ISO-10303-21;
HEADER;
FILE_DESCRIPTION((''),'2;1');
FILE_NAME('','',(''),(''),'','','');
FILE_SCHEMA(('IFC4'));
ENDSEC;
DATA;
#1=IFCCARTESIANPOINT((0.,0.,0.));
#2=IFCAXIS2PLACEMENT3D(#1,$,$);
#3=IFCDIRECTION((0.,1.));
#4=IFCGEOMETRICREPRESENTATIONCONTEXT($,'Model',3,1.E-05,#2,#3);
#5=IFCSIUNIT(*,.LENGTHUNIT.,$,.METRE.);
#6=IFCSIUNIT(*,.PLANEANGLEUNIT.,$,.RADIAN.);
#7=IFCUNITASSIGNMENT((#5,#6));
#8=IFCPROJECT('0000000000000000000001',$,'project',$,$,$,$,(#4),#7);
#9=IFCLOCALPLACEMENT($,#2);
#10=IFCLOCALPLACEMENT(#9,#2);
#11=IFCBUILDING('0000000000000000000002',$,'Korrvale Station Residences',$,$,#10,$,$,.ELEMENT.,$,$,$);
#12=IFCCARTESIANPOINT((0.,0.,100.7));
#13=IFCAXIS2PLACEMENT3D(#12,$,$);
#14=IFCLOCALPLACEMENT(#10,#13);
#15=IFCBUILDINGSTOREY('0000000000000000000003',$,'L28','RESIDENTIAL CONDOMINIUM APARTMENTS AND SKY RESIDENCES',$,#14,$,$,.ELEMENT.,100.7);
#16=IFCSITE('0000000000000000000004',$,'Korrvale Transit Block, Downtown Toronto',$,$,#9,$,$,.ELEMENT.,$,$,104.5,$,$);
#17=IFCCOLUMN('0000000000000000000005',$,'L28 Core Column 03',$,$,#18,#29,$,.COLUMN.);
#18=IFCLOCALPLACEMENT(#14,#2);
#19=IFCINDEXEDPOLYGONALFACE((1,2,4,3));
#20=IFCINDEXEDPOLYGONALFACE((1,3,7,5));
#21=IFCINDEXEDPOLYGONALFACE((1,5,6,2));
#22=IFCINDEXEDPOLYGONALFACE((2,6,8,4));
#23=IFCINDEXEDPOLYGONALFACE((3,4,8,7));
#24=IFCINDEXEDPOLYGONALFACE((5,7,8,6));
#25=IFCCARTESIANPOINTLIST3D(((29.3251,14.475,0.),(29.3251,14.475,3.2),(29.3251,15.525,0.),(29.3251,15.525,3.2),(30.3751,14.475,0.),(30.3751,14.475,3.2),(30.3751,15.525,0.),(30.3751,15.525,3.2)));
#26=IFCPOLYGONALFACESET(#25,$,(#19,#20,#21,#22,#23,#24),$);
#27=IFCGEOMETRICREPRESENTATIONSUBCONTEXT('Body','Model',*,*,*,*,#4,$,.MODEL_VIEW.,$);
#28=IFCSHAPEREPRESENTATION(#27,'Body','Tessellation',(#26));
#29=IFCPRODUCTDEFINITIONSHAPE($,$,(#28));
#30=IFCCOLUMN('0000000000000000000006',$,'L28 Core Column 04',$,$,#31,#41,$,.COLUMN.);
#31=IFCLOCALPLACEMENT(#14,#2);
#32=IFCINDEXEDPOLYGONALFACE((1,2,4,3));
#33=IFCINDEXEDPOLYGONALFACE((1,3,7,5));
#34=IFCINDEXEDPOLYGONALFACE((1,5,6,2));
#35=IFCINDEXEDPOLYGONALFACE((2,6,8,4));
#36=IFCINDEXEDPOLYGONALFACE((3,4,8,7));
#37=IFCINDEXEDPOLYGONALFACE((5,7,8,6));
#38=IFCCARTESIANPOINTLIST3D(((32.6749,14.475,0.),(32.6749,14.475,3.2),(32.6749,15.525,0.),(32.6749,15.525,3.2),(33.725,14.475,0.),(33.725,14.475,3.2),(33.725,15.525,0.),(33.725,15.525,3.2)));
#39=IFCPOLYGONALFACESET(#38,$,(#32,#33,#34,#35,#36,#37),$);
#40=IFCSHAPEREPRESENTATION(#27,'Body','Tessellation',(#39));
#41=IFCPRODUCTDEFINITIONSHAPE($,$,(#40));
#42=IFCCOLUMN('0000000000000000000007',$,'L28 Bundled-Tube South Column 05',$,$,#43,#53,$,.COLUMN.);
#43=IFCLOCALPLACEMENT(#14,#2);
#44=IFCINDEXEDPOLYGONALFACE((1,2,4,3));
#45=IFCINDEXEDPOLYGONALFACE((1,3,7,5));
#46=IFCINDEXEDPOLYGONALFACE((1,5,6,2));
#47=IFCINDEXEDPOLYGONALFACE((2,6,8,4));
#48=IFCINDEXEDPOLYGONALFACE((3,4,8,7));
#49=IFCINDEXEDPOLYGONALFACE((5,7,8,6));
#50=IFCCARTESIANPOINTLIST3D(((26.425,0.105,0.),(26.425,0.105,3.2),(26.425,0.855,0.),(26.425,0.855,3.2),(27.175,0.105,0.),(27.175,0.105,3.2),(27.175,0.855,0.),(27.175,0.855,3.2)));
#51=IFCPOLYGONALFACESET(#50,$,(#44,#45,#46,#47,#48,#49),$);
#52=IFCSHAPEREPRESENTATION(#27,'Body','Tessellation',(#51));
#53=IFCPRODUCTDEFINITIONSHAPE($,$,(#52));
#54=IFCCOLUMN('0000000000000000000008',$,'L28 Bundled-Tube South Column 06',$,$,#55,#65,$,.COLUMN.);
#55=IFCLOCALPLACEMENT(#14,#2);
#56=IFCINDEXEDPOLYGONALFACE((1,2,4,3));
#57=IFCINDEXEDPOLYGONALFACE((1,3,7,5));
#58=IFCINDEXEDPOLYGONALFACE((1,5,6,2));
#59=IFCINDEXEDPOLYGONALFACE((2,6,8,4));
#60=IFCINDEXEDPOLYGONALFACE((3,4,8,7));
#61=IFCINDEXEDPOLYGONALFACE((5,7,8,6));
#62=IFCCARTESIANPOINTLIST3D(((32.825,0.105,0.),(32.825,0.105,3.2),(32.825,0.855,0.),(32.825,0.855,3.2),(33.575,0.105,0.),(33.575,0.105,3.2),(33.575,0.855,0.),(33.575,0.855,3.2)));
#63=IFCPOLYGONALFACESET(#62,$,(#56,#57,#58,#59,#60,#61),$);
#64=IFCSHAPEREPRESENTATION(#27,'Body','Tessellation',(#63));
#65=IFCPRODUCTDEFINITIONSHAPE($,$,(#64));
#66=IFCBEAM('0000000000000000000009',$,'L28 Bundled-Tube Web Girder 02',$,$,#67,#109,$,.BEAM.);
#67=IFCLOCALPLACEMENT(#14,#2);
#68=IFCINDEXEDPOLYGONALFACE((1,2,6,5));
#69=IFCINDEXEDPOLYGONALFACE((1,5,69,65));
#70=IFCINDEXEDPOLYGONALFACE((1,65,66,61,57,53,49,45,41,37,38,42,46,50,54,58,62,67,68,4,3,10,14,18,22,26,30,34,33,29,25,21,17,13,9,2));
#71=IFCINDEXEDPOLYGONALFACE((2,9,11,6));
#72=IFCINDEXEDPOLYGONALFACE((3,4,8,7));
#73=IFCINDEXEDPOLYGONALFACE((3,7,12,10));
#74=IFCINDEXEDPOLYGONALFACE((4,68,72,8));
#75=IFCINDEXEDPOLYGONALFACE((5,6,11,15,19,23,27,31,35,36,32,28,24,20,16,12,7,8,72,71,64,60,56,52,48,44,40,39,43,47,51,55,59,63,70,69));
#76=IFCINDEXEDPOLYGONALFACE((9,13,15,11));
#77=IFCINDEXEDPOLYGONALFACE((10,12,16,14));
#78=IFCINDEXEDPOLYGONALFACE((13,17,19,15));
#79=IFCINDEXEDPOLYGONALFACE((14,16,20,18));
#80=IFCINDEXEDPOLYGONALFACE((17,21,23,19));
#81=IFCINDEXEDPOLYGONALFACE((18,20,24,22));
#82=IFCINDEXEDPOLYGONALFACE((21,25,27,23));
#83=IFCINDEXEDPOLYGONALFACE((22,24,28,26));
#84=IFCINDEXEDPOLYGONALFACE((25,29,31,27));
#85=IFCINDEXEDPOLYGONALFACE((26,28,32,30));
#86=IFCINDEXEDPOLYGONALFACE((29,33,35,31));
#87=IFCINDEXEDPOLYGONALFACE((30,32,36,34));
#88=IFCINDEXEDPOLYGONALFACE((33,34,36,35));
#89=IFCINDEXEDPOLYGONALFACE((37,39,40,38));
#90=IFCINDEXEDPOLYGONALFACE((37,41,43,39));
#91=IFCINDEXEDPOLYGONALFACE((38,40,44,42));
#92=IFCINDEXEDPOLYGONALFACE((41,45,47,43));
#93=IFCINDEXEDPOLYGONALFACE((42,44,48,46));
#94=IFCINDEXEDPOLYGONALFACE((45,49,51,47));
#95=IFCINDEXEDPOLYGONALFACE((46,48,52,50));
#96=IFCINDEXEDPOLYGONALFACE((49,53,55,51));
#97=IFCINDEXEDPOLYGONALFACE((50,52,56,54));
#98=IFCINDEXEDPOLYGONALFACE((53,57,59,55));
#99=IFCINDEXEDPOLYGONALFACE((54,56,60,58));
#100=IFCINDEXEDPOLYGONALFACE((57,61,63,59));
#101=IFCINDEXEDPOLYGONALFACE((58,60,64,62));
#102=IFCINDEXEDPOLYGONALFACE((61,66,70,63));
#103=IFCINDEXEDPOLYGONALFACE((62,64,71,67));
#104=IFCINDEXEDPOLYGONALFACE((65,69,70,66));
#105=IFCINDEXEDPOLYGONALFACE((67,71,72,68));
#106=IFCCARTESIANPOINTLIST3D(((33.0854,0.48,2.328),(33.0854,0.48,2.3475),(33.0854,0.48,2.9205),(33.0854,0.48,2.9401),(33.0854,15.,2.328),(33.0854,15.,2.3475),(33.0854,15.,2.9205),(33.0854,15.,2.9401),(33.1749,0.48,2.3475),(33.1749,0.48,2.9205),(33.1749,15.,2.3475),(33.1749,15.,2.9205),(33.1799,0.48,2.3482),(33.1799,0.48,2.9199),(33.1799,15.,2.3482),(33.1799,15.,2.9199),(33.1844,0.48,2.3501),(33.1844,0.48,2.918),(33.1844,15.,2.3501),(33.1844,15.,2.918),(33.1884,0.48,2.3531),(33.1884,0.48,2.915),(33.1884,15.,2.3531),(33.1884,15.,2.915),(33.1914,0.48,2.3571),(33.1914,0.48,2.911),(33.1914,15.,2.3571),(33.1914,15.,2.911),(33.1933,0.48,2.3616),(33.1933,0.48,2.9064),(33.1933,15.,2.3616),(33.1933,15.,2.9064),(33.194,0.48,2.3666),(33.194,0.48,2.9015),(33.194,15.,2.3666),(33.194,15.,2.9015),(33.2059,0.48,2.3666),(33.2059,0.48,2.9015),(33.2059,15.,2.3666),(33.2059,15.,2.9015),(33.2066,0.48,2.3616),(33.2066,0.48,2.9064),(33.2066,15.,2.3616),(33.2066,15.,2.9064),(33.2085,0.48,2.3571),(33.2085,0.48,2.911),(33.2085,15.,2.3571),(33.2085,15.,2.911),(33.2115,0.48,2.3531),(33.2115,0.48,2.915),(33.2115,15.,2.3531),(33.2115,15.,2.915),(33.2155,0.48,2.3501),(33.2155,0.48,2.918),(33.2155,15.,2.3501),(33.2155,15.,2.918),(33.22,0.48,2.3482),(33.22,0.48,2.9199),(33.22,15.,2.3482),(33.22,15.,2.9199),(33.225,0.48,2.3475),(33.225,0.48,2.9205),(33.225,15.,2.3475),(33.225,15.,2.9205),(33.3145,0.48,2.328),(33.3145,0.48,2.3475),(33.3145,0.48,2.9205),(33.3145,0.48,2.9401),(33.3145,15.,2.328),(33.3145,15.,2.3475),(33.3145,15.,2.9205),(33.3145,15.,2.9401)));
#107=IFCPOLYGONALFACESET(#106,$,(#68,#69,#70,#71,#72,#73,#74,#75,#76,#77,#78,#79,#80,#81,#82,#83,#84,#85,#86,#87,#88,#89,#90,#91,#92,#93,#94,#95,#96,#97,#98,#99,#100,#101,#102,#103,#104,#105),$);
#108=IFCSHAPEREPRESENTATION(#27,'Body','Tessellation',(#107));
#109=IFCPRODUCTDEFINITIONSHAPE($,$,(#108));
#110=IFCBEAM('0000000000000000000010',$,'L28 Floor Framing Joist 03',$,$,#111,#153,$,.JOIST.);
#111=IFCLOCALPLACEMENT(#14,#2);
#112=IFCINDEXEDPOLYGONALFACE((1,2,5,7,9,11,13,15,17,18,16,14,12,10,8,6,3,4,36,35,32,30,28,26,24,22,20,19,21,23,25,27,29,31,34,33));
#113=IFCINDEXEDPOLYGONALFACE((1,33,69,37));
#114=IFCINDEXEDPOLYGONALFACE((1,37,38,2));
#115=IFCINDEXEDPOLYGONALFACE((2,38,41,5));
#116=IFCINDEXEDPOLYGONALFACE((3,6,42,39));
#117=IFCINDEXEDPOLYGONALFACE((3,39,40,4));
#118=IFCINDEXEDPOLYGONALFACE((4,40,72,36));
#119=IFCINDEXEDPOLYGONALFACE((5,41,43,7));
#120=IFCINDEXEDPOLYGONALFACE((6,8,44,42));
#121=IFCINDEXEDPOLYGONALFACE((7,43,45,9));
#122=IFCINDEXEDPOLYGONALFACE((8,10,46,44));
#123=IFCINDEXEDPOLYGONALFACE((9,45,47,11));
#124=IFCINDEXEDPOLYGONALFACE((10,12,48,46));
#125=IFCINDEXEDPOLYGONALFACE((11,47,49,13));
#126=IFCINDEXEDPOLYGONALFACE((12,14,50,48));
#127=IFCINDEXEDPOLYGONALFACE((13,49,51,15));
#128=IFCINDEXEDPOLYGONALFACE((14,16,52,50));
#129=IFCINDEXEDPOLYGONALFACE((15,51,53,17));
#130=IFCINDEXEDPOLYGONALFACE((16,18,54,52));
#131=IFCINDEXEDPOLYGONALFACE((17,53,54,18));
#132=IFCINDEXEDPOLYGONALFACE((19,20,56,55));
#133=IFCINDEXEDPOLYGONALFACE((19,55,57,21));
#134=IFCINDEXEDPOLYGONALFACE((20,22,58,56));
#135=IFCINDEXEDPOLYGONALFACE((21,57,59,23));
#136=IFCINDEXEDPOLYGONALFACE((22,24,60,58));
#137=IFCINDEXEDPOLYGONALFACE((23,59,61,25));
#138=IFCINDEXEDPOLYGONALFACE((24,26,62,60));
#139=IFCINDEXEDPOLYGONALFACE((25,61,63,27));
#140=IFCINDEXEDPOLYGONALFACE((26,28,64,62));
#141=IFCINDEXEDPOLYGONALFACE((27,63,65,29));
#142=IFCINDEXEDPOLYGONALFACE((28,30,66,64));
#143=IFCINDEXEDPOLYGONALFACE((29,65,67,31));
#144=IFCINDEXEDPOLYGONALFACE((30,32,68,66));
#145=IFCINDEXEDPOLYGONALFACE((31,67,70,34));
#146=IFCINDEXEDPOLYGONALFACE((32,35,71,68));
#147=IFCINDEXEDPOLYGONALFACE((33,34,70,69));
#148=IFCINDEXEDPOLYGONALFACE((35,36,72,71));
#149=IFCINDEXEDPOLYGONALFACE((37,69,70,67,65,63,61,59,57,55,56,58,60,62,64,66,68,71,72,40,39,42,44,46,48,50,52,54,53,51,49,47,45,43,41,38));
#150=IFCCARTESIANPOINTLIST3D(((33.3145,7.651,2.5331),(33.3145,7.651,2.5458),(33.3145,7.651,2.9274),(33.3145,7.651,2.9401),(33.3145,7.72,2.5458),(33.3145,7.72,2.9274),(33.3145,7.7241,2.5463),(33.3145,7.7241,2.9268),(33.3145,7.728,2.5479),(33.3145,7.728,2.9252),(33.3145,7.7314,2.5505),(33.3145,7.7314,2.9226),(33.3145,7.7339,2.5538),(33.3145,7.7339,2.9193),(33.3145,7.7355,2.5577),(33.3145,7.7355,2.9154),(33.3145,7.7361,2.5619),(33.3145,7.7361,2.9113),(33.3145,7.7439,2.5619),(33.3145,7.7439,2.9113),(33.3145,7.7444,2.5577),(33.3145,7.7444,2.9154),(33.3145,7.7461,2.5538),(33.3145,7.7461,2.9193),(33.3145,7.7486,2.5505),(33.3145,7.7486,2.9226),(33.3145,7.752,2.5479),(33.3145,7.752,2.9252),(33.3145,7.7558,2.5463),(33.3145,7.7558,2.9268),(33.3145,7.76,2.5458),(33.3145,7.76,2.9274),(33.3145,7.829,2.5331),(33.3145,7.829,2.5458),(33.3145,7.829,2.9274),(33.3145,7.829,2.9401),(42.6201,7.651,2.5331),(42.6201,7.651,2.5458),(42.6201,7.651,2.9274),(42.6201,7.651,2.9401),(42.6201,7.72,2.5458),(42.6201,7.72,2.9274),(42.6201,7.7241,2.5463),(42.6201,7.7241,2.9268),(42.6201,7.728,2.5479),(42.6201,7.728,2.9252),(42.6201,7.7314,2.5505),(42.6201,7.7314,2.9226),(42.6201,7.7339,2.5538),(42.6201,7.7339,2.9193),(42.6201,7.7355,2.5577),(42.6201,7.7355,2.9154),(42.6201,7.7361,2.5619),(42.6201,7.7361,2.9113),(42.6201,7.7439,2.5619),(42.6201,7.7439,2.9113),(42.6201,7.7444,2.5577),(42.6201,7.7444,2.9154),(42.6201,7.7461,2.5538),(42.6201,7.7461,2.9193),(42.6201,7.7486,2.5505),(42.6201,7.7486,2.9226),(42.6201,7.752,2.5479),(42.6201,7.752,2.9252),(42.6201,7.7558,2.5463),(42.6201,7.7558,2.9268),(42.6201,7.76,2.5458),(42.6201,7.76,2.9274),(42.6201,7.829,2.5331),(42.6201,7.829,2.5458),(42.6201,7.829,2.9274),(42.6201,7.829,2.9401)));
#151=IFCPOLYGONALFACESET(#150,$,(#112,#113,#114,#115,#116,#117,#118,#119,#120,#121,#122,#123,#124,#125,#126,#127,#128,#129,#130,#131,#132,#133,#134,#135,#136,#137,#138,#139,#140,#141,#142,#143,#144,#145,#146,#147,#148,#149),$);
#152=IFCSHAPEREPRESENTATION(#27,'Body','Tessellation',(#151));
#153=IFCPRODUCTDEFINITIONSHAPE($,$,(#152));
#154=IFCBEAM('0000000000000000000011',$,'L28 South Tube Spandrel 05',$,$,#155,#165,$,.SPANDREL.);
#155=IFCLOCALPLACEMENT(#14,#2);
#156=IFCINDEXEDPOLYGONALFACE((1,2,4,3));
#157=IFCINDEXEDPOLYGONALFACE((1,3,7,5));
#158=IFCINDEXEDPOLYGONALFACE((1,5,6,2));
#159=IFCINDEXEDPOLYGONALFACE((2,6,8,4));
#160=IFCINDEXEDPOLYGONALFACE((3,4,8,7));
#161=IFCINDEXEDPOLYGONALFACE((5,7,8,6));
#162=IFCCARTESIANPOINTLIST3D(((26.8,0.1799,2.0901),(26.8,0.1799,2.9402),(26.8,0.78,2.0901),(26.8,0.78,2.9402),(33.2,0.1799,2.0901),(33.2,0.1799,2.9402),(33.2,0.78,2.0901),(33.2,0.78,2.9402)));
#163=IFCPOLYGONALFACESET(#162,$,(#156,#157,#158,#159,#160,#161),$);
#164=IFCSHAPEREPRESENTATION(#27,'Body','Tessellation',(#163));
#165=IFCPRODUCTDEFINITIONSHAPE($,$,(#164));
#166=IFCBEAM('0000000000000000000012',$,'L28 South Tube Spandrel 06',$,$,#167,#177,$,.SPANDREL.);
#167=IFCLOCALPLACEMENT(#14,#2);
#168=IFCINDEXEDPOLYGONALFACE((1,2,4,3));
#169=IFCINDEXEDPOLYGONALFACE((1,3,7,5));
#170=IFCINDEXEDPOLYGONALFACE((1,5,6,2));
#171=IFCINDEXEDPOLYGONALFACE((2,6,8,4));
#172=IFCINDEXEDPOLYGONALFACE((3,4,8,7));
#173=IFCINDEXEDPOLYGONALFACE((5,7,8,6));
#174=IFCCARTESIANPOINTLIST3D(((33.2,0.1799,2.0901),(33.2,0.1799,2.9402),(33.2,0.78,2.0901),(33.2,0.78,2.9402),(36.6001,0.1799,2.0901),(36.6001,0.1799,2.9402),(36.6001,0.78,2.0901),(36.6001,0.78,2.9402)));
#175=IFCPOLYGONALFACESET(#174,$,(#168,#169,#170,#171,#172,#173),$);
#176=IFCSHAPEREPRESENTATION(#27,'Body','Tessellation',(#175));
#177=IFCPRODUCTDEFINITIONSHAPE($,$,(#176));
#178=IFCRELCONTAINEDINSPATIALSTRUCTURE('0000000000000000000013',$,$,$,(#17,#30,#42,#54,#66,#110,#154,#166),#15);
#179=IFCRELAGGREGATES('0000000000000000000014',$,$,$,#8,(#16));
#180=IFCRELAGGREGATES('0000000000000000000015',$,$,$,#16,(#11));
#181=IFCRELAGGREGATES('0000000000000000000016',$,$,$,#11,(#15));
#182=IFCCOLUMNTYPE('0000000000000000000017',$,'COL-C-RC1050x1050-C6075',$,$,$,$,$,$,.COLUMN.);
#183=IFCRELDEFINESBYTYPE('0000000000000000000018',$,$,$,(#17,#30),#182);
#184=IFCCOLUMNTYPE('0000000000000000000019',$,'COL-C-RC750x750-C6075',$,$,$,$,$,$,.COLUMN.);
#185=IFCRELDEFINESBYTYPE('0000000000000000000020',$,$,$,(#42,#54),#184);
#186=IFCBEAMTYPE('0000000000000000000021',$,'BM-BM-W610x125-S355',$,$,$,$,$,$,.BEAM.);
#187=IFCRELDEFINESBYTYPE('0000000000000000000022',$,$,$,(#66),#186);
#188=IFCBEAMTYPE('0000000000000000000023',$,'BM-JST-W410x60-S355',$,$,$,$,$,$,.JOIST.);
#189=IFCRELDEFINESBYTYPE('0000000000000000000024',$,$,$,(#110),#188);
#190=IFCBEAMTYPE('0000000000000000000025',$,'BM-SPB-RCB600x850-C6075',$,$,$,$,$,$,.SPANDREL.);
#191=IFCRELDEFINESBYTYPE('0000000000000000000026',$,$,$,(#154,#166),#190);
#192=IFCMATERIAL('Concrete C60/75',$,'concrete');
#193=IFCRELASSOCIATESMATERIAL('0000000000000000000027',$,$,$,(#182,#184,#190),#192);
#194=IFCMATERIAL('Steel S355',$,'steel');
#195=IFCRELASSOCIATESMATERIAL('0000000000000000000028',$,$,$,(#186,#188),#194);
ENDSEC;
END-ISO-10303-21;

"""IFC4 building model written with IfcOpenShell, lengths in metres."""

from ifc_helpers import new_model, si_unit, direction, frame, origin, origin_2d, place, context, subcontext, project, spatial, rectangle, i_section, extrude, material, material_profile, profile_set, type_object, element, save


model = new_model("IFC4")

# Units and contexts
model_context = context("Model", 3, precision=1e-05, world=origin(), true_north=direction((0.0, 1.0)))
body_context = subcontext(model_context, "Body", "Model", "MODEL_VIEW")
ifc_project = project(units=[si_unit("LENGTHUNIT", "METRE"), si_unit("PLANEANGLEUNIT", "RADIAN")], contexts=[model_context])

# Site, building, storey
site_placement = place(None, origin())
site = spatial("IfcSite", under=ifc_project, at=site_placement, Name="Korrvale Transit Block, Downtown Toronto", CompositionType="ELEMENT", RefElevation=104.5)
building_placement = place(site_placement, origin())
building = spatial("IfcBuilding", under=site, at=building_placement, Name="Korrvale Station Residences", CompositionType="ELEMENT")
storey_placement = place(building_placement, frame((0.0, 0.0, 100.7)))
storey = spatial("IfcBuildingStorey", under=building, at=storey_placement, Name="L28", Description="RESIDENTIAL CONDOMINIUM APARTMENTS AND SKY RESIDENCES", CompositionType="ELEMENT", Elevation=100.7)

# Columns
ifc_material_1 = material(Name="Concrete C60/75", Category="concrete")
ifc_material_profile_1 = material_profile(ifc_material_1, rectangle(XDim=1.05, YDim=1.05, at=origin_2d()), Name="RC1050x1050")
ifc_profile_set_1 = profile_set([ifc_material_profile_1], Name="Concrete C60/75")
column_type_1 = type_object("IfcColumnType", Name="COL-C-RC1050x1050-C6075", PredefinedType="COLUMN", material=ifc_profile_set_1)
for number, where, z_axis, x_axis, name in (
    (1, (29.8501, 15.0, 0.0), (0.0, 0.0, 1.0), (1.0, 0.0, 0.0), "L28 Core Column 03"),
    (2, (33.2, 15.0, 0.0), (0.0, 0.0, 1.0), (1.0, 0.0, 0.0), "L28 Core Column 04"),
):
    element("IfcColumn", number, at=place(storey_placement, frame(where, z_axis=z_axis, x_axis=x_axis)), inside=storey, type_object=column_type_1, Name=name, PredefinedType="COLUMN", context=body_context, shape_type="SweptSolid", body=[
        extrude(rectangle(XDim=1.05, YDim=1.05, at=origin_2d()), origin(), (0.0, 0.0, 1.0), 3.2),
    ])
ifc_material_profile_2 = material_profile(ifc_material_1, rectangle(XDim=0.75, YDim=0.75, at=origin_2d()), Name="RC750x750")
ifc_profile_set_2 = profile_set([ifc_material_profile_2], Name="Concrete C60/75")
column_type_2 = type_object("IfcColumnType", Name="COL-C-RC750x750-C6075", PredefinedType="COLUMN", material=ifc_profile_set_2)
for number, where, z_axis, x_axis, name in (
    (3, (26.8, 0.48, 0.0), (0.0, 0.0, 1.0), (1.0, 0.0, 0.0), "L28 Bundled-Tube South Column 05"),
    (4, (33.2, 0.48, 0.0), (0.0, 0.0, 1.0), (1.0, 0.0, 0.0), "L28 Bundled-Tube South Column 06"),
):
    element("IfcColumn", number, at=place(storey_placement, frame(where, z_axis=z_axis, x_axis=x_axis)), inside=storey, type_object=column_type_2, Name=name, PredefinedType="COLUMN", context=body_context, shape_type="SweptSolid", body=[
        extrude(rectangle(XDim=0.75, YDim=0.75, at=origin_2d()), origin(), (0.0, 0.0, 1.0), 3.2),
    ])

# Beams
ifc_material_2 = material(Name="Steel S355", Category="steel")
ifc_material_profile_3 = material_profile(ifc_material_2, i_section(OverallWidth=0.229, OverallDepth=0.6121, WebThickness=0.012, FlangeThickness=0.0195, FilletRadius=0.019, at=origin_2d()), Name="W610x125")
ifc_profile_set_3 = profile_set([ifc_material_profile_3], Name="Steel S355")
beam_type_1 = type_object("IfcBeamType", Name="BM-BM-W610x125-S355", PredefinedType="BEAM", material=ifc_profile_set_3)
beam_1_placement = place(storey_placement, frame((33.2, 0.48, 2.634), z_axis=(0.0, 1.0, 0.0), x_axis=(-1.0, 0.0, 0.0)))
element("IfcBeam", 5, at=beam_1_placement, inside=storey, type_object=beam_type_1, Name="L28 Bundled-Tube Web Girder 02", PredefinedType="BEAM", context=body_context, shape_type="SweptSolid", body=[
    extrude(i_section(OverallWidth=0.229, OverallDepth=0.6121, WebThickness=0.012, FlangeThickness=0.0195, FilletRadius=0.019, at=origin_2d()), origin(), (0.0, 0.0, 1.0), 14.52),
])
ifc_material_profile_4 = material_profile(ifc_material_2, i_section(OverallWidth=0.178, OverallDepth=0.407, WebThickness=0.0078, FlangeThickness=0.0127, FilletRadius=0.0161, at=origin_2d()), Name="W410x60")
ifc_profile_set_4 = profile_set([ifc_material_profile_4], Name="Steel S355")
beam_type_2 = type_object("IfcBeamType", Name="BM-JST-W410x60-S355", PredefinedType="JOIST", material=ifc_profile_set_4)
beam_2_placement = place(storey_placement, frame((33.3145, 7.74, 2.7366), z_axis=(1.0, 0.0, 0.0), x_axis=(0.0, 1.0, 0.0)))
element("IfcBeam", 6, at=beam_2_placement, inside=storey, type_object=beam_type_2, Name="L28 Floor Framing Joist 03", PredefinedType="JOIST", context=body_context, shape_type="SweptSolid", body=[
    extrude(i_section(OverallWidth=0.178, OverallDepth=0.407, WebThickness=0.0078, FlangeThickness=0.0127, FilletRadius=0.0161, at=origin_2d()), origin(), (0.0, 0.0, 1.0), 9.3057),
])
ifc_material_profile_5 = material_profile(ifc_material_1, rectangle(XDim=0.6001, YDim=0.8501, at=origin_2d()), Name="RCB600x850")
ifc_profile_set_5 = profile_set([ifc_material_profile_5], Name="Concrete C60/75")
beam_type_3 = type_object("IfcBeamType", Name="BM-SPB-RCB600x850-C6075", PredefinedType="SPANDREL", material=ifc_profile_set_5)
beam_3_placement = place(storey_placement, frame((26.8, 0.48, 2.5151), z_axis=(1.0, 0.0, 0.0), x_axis=(0.0, 1.0, 0.0)))
element("IfcBeam", 7, at=beam_3_placement, inside=storey, type_object=beam_type_3, Name="L28 South Tube Spandrel 05", PredefinedType="SPANDREL", context=body_context, shape_type="SweptSolid", body=[
    extrude(rectangle(XDim=0.6001, YDim=0.8501, at=origin_2d()), origin(), (0.0, 0.0, 1.0), 6.3999),
])
beam_4_placement = place(storey_placement, frame((33.2, 0.48, 2.5151), z_axis=(1.0, 0.0, 0.0), x_axis=(0.0, 1.0, 0.0)))
element("IfcBeam", 8, at=beam_4_placement, inside=storey, type_object=beam_type_3, Name="L28 South Tube Spandrel 06", PredefinedType="SPANDREL", context=body_context, shape_type="SweptSolid", body=[
    extrude(rectangle(XDim=0.6001, YDim=0.8501, at=origin_2d()), origin(), (0.0, 0.0, 1.0), 3.4001),
])

save(model, "model.ifc")
